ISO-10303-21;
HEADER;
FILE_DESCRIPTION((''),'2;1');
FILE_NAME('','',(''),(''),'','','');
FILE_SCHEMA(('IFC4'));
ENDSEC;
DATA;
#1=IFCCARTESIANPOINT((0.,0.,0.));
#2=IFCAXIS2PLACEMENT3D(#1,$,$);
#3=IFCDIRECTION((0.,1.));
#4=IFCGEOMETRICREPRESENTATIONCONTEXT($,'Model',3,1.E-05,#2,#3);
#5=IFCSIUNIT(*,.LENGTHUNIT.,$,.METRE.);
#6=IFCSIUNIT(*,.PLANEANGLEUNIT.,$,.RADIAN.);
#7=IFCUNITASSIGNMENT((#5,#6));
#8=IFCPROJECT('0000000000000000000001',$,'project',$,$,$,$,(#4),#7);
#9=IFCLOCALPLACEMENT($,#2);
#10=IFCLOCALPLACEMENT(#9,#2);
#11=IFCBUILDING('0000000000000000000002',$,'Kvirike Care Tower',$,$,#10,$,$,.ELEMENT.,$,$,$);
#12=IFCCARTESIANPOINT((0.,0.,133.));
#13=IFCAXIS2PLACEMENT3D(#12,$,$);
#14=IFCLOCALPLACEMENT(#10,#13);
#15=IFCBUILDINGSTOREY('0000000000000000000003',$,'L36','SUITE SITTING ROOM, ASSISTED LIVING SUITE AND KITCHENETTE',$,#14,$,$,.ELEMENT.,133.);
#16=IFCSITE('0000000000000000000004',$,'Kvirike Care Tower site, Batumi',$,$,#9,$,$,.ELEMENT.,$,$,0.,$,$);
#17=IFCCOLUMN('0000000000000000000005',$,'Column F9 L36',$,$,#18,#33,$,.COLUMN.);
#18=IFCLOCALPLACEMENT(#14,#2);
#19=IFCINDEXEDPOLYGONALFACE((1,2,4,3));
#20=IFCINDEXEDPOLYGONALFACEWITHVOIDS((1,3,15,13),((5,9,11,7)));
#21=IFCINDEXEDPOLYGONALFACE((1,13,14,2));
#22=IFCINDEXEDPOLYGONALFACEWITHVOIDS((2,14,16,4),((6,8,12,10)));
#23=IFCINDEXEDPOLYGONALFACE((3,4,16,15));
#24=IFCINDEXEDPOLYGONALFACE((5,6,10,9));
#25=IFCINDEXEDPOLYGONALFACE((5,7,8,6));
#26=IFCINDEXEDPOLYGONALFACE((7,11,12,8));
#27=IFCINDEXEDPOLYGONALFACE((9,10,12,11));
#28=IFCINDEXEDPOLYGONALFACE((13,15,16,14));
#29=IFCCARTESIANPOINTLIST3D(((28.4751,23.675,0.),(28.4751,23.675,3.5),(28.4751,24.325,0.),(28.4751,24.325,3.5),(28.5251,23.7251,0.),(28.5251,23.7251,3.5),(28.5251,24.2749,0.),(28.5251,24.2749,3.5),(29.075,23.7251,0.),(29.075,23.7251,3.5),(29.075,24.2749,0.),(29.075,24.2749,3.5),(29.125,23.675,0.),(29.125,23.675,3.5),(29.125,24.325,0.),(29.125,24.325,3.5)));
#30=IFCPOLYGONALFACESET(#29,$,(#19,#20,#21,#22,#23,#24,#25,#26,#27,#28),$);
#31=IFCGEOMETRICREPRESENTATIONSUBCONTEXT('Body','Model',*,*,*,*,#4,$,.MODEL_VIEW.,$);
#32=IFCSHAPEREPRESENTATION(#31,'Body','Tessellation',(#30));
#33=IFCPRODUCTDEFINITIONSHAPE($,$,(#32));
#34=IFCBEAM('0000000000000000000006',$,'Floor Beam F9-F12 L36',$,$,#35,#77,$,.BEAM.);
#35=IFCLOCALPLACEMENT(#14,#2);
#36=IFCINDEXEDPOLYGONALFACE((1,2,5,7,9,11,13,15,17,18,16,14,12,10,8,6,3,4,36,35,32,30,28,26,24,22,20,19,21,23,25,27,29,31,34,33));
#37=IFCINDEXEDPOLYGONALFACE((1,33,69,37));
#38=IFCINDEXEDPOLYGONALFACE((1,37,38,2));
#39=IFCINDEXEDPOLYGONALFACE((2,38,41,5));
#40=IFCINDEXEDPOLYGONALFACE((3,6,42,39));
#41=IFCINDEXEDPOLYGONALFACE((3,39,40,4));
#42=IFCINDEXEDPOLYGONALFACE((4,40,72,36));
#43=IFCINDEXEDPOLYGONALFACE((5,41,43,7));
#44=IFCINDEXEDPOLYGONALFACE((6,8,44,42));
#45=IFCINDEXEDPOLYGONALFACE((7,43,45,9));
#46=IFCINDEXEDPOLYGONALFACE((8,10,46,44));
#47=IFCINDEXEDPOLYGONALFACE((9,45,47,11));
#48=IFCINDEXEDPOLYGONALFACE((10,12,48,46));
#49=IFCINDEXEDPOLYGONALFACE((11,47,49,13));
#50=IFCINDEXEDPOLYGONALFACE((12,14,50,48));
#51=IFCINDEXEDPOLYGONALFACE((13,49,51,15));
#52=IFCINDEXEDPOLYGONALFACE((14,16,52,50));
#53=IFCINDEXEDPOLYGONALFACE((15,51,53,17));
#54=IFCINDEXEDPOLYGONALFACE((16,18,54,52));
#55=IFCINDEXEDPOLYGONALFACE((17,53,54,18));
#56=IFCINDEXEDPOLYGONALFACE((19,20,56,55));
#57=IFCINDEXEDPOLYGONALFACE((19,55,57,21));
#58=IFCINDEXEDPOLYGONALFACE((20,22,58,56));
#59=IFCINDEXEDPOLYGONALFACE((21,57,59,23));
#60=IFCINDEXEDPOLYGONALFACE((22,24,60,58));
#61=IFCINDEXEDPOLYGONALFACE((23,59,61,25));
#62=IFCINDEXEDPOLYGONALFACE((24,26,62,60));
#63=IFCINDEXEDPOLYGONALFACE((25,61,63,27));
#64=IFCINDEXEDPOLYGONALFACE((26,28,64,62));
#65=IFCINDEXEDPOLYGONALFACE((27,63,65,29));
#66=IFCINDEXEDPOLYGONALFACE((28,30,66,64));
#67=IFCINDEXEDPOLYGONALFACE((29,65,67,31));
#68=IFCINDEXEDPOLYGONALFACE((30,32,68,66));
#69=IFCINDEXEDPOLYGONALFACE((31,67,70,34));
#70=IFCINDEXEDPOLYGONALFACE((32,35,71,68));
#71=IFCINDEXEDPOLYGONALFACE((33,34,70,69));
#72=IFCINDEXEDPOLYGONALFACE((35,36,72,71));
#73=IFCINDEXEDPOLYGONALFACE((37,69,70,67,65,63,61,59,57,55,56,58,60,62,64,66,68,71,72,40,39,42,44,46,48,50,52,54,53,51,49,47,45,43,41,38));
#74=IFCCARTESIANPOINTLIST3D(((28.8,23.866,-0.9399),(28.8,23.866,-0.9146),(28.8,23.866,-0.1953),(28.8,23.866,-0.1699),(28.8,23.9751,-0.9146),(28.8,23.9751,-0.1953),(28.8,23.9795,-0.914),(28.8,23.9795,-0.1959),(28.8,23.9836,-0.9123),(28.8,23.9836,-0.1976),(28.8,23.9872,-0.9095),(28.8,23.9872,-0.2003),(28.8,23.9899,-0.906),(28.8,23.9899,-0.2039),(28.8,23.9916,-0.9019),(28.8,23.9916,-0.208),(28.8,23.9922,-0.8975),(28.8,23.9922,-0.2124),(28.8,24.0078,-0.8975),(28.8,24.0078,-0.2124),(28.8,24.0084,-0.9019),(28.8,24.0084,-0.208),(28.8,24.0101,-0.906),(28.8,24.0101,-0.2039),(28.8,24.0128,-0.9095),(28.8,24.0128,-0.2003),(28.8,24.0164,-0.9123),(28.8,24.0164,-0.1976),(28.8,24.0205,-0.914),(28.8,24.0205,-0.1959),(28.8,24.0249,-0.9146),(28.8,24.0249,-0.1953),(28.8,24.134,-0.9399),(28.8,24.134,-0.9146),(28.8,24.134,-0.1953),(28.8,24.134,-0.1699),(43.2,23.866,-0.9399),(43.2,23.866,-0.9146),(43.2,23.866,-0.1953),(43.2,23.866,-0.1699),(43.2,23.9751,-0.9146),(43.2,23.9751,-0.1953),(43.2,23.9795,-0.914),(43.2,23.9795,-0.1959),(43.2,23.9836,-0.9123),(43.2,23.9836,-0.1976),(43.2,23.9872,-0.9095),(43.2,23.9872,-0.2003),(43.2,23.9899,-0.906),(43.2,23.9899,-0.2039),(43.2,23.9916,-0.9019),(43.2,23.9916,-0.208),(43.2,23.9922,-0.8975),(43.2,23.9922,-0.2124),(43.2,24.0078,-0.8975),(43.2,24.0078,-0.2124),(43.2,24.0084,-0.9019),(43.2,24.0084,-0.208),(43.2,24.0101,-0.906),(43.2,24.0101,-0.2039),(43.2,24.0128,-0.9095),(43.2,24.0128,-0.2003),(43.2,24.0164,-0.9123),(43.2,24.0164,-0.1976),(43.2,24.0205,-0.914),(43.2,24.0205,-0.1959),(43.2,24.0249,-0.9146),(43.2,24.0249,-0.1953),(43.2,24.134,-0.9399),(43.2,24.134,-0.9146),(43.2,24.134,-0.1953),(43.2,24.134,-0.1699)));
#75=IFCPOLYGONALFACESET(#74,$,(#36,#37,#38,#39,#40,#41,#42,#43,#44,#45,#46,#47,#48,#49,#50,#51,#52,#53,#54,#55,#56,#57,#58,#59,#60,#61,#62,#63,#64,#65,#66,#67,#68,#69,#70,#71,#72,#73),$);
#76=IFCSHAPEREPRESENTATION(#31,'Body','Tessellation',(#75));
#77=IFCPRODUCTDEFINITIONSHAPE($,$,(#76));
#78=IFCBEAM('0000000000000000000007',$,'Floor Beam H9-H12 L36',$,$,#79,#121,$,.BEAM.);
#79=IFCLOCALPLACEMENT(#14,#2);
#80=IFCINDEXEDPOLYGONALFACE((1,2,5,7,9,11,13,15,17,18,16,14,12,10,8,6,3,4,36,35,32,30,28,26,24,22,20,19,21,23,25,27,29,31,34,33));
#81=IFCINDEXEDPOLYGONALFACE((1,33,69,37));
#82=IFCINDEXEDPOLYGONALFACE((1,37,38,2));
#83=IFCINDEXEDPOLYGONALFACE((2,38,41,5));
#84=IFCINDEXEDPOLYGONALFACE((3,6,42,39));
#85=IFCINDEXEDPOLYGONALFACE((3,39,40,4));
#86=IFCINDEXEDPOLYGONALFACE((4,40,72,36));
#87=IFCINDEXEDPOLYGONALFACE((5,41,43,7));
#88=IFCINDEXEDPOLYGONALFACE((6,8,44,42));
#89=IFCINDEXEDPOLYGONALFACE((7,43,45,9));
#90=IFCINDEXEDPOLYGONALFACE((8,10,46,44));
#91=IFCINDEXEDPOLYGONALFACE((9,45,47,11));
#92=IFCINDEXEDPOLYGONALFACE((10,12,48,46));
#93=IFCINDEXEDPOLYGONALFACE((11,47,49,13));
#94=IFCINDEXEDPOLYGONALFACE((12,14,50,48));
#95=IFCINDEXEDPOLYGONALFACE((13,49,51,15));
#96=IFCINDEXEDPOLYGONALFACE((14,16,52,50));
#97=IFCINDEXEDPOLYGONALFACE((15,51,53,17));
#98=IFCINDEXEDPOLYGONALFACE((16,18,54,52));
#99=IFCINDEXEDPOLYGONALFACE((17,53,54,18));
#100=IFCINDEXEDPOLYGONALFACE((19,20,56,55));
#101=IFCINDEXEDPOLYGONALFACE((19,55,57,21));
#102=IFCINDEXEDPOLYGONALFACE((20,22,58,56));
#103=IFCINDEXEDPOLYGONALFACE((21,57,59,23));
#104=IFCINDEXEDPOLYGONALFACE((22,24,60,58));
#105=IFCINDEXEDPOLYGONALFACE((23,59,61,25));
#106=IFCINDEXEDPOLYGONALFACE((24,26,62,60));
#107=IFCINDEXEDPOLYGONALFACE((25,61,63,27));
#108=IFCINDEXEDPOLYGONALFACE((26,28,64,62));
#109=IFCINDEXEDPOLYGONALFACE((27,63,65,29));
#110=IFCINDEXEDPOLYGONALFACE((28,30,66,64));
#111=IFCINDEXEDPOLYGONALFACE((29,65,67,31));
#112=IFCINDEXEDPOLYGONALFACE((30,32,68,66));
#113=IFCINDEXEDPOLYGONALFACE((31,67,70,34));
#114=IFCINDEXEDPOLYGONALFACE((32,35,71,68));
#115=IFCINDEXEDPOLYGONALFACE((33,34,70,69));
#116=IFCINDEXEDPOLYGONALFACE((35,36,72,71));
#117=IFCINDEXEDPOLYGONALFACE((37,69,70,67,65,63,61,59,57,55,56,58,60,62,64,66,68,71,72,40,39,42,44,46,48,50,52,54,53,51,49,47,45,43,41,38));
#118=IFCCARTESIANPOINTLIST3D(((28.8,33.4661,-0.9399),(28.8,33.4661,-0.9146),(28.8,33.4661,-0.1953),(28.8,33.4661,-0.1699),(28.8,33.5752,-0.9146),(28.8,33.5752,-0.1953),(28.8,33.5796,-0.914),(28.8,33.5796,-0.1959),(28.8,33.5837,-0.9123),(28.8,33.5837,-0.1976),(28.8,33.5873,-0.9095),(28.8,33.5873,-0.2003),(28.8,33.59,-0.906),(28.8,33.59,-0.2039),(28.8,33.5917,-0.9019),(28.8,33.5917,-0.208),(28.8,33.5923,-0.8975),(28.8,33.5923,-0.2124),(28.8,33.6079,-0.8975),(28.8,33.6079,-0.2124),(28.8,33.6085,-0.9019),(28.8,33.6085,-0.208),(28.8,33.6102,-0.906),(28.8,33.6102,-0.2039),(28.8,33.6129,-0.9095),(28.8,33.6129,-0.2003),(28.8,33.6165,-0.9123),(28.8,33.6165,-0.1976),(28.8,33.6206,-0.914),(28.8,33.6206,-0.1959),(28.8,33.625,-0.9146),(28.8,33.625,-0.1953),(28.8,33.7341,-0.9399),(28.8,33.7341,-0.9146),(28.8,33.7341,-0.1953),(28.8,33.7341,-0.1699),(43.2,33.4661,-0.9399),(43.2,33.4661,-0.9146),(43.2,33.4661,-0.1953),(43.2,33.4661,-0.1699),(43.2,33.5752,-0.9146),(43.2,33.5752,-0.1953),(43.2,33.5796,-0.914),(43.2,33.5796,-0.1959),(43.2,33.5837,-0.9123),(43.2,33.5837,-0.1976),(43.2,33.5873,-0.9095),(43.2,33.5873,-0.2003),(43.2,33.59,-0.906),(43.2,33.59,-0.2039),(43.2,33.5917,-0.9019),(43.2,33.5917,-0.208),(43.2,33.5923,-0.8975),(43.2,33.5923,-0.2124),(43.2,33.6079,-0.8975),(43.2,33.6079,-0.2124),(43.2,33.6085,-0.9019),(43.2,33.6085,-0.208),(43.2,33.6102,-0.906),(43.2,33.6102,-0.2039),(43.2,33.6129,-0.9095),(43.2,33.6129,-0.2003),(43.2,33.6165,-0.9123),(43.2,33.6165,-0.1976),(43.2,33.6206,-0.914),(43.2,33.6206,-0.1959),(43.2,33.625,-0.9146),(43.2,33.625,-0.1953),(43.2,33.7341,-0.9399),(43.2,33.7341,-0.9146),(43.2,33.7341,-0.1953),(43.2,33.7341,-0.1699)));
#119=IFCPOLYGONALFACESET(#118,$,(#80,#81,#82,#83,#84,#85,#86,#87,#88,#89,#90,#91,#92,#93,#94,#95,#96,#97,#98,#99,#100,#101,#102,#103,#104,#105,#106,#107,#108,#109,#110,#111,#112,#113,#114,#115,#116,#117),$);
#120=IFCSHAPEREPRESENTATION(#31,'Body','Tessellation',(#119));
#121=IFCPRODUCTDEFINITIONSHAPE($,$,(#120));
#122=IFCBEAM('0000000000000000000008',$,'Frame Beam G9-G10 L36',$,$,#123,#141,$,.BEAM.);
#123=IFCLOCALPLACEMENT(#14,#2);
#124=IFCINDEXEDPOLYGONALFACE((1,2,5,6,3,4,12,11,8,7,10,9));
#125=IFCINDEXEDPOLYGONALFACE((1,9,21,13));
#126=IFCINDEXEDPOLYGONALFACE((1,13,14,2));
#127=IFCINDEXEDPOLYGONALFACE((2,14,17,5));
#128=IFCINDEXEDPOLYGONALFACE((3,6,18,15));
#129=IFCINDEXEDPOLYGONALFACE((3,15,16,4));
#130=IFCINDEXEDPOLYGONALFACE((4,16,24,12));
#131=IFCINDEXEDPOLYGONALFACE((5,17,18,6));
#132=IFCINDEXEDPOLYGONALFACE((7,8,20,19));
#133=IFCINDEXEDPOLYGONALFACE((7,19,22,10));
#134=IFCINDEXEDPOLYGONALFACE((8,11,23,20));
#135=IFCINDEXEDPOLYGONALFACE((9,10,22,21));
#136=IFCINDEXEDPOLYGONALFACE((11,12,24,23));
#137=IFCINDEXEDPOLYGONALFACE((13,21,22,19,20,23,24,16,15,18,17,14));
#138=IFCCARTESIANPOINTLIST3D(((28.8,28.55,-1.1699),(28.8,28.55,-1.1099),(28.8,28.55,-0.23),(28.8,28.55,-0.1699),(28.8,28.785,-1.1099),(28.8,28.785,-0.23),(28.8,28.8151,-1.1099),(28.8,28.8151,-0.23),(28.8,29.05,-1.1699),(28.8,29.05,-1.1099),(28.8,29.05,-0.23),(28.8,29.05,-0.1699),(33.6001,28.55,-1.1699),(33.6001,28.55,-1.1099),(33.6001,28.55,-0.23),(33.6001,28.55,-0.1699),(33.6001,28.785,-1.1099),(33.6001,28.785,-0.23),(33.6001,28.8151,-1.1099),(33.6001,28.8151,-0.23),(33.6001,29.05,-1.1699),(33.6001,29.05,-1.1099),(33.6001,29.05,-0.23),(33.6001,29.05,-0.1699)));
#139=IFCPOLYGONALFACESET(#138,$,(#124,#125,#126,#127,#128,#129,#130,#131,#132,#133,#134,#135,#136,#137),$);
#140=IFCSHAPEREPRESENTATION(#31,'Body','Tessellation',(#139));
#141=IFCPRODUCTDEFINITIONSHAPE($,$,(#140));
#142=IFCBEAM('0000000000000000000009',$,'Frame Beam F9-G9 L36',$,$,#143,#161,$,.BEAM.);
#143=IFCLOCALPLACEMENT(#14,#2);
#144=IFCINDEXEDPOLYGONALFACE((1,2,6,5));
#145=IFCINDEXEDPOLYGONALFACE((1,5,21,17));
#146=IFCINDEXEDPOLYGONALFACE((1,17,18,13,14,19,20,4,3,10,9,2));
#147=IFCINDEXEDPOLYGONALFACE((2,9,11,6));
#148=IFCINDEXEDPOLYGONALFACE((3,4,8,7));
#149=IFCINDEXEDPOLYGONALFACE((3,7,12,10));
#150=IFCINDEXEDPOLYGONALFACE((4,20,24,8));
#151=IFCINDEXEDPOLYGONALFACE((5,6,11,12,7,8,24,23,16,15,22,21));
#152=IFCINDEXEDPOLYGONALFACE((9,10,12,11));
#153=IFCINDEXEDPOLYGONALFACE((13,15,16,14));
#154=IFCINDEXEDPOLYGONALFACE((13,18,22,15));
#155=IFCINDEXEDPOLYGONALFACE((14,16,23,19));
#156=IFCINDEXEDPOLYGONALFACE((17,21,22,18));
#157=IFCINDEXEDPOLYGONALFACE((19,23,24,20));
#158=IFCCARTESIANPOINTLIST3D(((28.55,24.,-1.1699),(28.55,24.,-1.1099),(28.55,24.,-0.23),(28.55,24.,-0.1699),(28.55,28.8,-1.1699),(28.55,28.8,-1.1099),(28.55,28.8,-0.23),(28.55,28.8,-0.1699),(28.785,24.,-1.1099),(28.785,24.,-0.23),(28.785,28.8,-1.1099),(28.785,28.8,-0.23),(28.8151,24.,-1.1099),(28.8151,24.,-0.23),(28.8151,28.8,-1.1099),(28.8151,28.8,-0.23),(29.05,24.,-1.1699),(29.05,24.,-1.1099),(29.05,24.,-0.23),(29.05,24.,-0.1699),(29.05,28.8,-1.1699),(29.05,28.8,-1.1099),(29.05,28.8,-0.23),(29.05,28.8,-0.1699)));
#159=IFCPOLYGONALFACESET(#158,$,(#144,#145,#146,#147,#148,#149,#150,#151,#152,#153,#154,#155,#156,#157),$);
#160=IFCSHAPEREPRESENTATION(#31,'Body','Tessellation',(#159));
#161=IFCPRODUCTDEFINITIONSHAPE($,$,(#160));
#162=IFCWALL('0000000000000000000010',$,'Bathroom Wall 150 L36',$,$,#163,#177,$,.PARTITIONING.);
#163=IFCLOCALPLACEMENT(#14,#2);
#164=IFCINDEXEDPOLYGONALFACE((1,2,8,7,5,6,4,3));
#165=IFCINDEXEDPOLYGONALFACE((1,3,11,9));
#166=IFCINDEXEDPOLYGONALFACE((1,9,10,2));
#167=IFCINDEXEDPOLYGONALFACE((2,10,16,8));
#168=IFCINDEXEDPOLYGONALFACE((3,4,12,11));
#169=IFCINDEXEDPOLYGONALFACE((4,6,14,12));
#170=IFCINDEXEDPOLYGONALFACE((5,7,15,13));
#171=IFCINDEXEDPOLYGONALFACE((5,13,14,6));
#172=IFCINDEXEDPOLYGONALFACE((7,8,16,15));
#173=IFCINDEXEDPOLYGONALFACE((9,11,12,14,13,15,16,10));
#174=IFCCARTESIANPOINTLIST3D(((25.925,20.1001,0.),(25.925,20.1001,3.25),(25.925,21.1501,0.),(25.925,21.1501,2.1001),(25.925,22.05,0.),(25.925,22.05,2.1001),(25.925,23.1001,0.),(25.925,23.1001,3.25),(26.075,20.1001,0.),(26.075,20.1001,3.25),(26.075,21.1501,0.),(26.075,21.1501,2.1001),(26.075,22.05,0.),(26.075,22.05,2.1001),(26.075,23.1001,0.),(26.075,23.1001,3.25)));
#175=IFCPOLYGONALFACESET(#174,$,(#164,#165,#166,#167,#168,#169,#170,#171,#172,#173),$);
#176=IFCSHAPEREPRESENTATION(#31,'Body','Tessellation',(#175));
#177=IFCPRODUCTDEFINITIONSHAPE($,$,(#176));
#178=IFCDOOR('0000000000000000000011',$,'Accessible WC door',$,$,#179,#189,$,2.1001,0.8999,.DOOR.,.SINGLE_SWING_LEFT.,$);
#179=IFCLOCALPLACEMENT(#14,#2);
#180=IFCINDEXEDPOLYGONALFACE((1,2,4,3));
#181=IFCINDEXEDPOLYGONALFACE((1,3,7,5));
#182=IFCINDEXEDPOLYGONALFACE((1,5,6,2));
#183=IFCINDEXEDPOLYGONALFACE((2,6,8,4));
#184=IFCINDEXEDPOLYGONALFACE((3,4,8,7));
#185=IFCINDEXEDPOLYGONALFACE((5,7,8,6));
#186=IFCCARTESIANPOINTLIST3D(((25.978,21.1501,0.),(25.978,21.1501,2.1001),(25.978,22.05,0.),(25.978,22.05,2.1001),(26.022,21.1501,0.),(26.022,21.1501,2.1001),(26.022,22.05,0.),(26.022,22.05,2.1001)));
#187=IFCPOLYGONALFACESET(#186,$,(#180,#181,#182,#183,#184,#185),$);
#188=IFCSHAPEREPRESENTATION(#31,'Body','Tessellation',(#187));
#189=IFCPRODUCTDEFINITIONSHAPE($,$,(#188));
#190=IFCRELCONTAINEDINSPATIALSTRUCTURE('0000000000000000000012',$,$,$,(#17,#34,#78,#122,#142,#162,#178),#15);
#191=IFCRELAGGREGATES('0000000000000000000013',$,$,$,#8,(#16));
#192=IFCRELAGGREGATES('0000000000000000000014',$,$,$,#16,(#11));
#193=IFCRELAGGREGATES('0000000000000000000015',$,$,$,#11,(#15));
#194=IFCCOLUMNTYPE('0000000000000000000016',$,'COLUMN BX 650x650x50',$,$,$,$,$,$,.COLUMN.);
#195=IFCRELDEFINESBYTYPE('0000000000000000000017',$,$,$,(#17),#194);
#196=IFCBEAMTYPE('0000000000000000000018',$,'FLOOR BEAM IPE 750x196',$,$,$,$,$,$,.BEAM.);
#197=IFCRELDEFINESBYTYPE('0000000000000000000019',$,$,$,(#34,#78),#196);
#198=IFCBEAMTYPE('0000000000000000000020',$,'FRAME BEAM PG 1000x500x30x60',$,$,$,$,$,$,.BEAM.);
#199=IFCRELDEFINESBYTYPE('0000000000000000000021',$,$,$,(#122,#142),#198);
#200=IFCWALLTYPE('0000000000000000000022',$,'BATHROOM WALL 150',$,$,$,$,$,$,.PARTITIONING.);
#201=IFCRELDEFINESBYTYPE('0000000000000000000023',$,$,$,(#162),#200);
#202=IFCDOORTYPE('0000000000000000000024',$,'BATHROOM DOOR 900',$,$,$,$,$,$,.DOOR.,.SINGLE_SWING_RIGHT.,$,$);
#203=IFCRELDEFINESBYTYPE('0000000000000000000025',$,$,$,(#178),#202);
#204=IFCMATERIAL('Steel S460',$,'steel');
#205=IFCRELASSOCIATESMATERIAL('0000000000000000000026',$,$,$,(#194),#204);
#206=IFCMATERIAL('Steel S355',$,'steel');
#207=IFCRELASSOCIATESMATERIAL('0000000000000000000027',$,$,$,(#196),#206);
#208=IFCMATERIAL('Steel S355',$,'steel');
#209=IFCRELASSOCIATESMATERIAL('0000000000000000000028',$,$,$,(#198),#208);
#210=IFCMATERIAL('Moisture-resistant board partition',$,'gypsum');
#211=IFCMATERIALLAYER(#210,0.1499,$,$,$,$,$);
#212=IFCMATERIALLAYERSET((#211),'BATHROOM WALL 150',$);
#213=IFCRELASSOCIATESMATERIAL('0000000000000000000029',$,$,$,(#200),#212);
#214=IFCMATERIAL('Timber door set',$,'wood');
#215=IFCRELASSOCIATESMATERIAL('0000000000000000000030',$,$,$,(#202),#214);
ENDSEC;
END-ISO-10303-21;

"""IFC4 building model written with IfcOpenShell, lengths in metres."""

from ifc_helpers import new_model, si_unit, direction, frame, frame_2d, origin, origin_2d, place, context, subcontext, project, spatial, rectangle, hollow_rectangle, i_section, extrude, material, layer, layer_set, material_profile, profile_set, type_object, element, fill, save


model = new_model("IFC4")

# Units and contexts
model_context = context("Model", 3, precision=1e-05, world=origin(), true_north=direction((0.0, 1.0)))
body_context = subcontext(model_context, "Body", "Model", "MODEL_VIEW")
ifc_project = project(units=[si_unit("LENGTHUNIT", "METRE"), si_unit("PLANEANGLEUNIT", "RADIAN")], contexts=[model_context])

# Site, building, storey
site_placement = place(None, origin())
site = spatial("IfcSite", under=ifc_project, at=site_placement, Name="Kvirike Care Tower site, Batumi", CompositionType="ELEMENT", RefElevation=0.0)
building_placement = place(site_placement, origin())
building = spatial("IfcBuilding", under=site, at=building_placement, Name="Kvirike Care Tower", CompositionType="ELEMENT")
storey_placement = place(building_placement, frame((0.0, 0.0, 133.0)))
storey = spatial("IfcBuildingStorey", under=building, at=storey_placement, Name="L36", Description="SUITE SITTING ROOM, ASSISTED LIVING SUITE AND KITCHENETTE", CompositionType="ELEMENT", Elevation=133.0)

# Column
ifc_material_1 = material(Name="Steel S460", Category="steel")
ifc_material_profile_1 = material_profile(ifc_material_1, hollow_rectangle(XDim=0.6499, YDim=0.6499, WallThickness=0.05, at=origin_2d()), Name="BX 650x650x50")
ifc_profile_set_1 = profile_set([ifc_material_profile_1], Name="Steel S460")
column_type = type_object("IfcColumnType", Name="COLUMN BX 650x650x50", PredefinedType="COLUMN", material=ifc_profile_set_1)
column_placement = place(storey_placement, frame((28.8, 24.0, 0.0), z_axis=(0.0, 0.0, 1.0), x_axis=(1.0, 0.0, 0.0)))
element("IfcColumn", 1, at=column_placement, inside=storey, type_object=column_type, Name="Column F9 L36", PredefinedType="COLUMN", context=body_context, shape_type="SweptSolid", body=[
    extrude(hollow_rectangle(XDim=0.6499, YDim=0.6499, WallThickness=0.05, at=origin_2d()), origin(), (0.0, 0.0, 1.0), 3.5),
])

# Beams
ifc_material_2 = material(Name="Steel S355", Category="steel")
ifc_material_profile_2 = material_profile(ifc_material_2, i_section(OverallWidth=0.2681, OverallDepth=0.77, WebThickness=0.0156, FlangeThickness=0.0254, FilletRadius=0.0171, at=origin_2d()), Name="IPE 750x196")
ifc_profile_set_2 = profile_set([ifc_material_profile_2], Name="Steel S355")
beam_type_1 = type_object("IfcBeamType", Name="FLOOR BEAM IPE 750x196", PredefinedType="BEAM", material=ifc_profile_set_2)
for number, where, z_axis, x_axis, name in (
    (2, (28.8, 24.0, -0.5549), (1.0, 0.0, 0.0), (0.0, 1.0, 0.0), "Floor Beam F9-F12 L36"),
    (3, (28.8, 33.6001, -0.5549), (1.0, 0.0, 0.0), (0.0, 1.0, 0.0), "Floor Beam H9-H12 L36"),
):
    element("IfcBeam", number, at=place(storey_placement, frame(where, z_axis=z_axis, x_axis=x_axis)), inside=storey, type_object=beam_type_1, Name=name, PredefinedType="BEAM", context=body_context, shape_type="SweptSolid", body=[
        extrude(i_section(OverallWidth=0.2681, OverallDepth=0.77, WebThickness=0.0156, FlangeThickness=0.0254, FilletRadius=0.0171, at=origin_2d()), origin(), (0.0, 0.0, 1.0), 14.3999),
    ])
ifc_material_3 = material(Name="Steel S355", Category="steel")
ifc_material_profile_3 = material_profile(ifc_material_3, i_section(OverallWidth=0.5, OverallDepth=1.0, WebThickness=0.03, FlangeThickness=0.0601, at=origin_2d()), Name="PG 1000x500x30x60")
ifc_profile_set_3 = profile_set([ifc_material_profile_3], Name="Steel S355")
beam_type_2 = type_object("IfcBeamType", Name="FRAME BEAM PG 1000x500x30x60", PredefinedType="BEAM", material=ifc_profile_set_3)
for number, where, z_axis, x_axis, name in (
    (4, (28.8, 28.8, -0.6699), (1.0, 0.0, 0.0), (0.0, 1.0, 0.0), "Frame Beam G9-G10 L36"),
    (5, (28.8, 24.0, -0.6699), (0.0, 1.0, 0.0), (-1.0, 0.0, 0.0), "Frame Beam F9-G9 L36"),
):
    element("IfcBeam", number, at=place(storey_placement, frame(where, z_axis=z_axis, x_axis=x_axis)), inside=storey, type_object=beam_type_2, Name=name, PredefinedType="BEAM", context=body_context, shape_type="SweptSolid", body=[
        extrude(i_section(OverallWidth=0.5, OverallDepth=1.0, WebThickness=0.03, FlangeThickness=0.0601, at=origin_2d()), origin(), (0.0, 0.0, 1.0), 4.8),
    ])

# Wall, opening, door
ifc_material_4 = material(Name="Moisture-resistant board partition", Category="gypsum")
ifc_layer_1 = layer(ifc_material_4, 0.1499)
ifc_layer_set_1 = layer_set([ifc_layer_1], Name="BATHROOM WALL 150")
wall_type_1 = type_object("IfcWallType", Name="BATHROOM WALL 150", PredefinedType="PARTITIONING", material=ifc_layer_set_1)
wall_1_placement = place(storey_placement, frame((26.0, 20.1001, 0.0), z_axis=(0.0, 0.0, 1.0), x_axis=(0.0, 1.0, 0.0)))
wall_1 = element("IfcWall", 6, at=wall_1_placement, inside=storey, type_object=wall_type_1, Name="Bathroom Wall 150 L36", PredefinedType="PARTITIONING", context=body_context, shape_type="SweptSolid", body=[
    extrude(rectangle(XDim=3.0, YDim=0.1499, at=frame_2d((1.5, 0.0))), origin(), (0.0, 0.0, 1.0), 3.25),
])
opening_1_placement = place(wall_1_placement, frame((1.05, 0.0, 0.0)))
opening_1 = element("IfcOpeningElement", 7, at=opening_1_placement, cuts=wall_1, PredefinedType="OPENING", context=body_context, shape_type="SweptSolid", body=[
    extrude(rectangle(XDim=0.8999, YDim=2.1001, at=frame_2d((0.45, 1.05))), frame((0.0, 0.0854, 0.0), z_axis=(0.0, -1.0, 0.0), x_axis=(1.0, 0.0, 0.0)), (0.0, 0.0, 1.0), 0.1709),
])
ifc_material_5 = material(Name="Timber door set", Category="wood")
door_type_1 = type_object("IfcDoorType", Name="BATHROOM DOOR 900", OperationType="SINGLE_SWING_RIGHT", PredefinedType="DOOR", material=ifc_material_5)
door_1_placement = place(opening_1_placement, frame((0.8999, 0.0, 0.0), z_axis=(0.0, 0.0, 1.0), x_axis=(-1.0, 0.0, 0.0)))
door_1 = element("IfcDoor", 8, at=door_1_placement, inside=storey, type_object=door_type_1, Name="Accessible WC door", OperationType="SINGLE_SWING_LEFT", OverallHeight=2.1001, OverallWidth=0.8999, PredefinedType="DOOR", context=body_context, shape_type="SweptSolid", body=[
    extrude(rectangle(XDim=0.8999, YDim=2.1001, at=frame_2d((0.45, 1.05))), frame((0.0, 0.022, 0.0), z_axis=(0.0, -1.0, 0.0), x_axis=(1.0, 0.0, 0.0)), (0.0, 0.0, 1.0), 0.0439),
])
fill(opening_1, door_1)

save(model, "model.ifc")
